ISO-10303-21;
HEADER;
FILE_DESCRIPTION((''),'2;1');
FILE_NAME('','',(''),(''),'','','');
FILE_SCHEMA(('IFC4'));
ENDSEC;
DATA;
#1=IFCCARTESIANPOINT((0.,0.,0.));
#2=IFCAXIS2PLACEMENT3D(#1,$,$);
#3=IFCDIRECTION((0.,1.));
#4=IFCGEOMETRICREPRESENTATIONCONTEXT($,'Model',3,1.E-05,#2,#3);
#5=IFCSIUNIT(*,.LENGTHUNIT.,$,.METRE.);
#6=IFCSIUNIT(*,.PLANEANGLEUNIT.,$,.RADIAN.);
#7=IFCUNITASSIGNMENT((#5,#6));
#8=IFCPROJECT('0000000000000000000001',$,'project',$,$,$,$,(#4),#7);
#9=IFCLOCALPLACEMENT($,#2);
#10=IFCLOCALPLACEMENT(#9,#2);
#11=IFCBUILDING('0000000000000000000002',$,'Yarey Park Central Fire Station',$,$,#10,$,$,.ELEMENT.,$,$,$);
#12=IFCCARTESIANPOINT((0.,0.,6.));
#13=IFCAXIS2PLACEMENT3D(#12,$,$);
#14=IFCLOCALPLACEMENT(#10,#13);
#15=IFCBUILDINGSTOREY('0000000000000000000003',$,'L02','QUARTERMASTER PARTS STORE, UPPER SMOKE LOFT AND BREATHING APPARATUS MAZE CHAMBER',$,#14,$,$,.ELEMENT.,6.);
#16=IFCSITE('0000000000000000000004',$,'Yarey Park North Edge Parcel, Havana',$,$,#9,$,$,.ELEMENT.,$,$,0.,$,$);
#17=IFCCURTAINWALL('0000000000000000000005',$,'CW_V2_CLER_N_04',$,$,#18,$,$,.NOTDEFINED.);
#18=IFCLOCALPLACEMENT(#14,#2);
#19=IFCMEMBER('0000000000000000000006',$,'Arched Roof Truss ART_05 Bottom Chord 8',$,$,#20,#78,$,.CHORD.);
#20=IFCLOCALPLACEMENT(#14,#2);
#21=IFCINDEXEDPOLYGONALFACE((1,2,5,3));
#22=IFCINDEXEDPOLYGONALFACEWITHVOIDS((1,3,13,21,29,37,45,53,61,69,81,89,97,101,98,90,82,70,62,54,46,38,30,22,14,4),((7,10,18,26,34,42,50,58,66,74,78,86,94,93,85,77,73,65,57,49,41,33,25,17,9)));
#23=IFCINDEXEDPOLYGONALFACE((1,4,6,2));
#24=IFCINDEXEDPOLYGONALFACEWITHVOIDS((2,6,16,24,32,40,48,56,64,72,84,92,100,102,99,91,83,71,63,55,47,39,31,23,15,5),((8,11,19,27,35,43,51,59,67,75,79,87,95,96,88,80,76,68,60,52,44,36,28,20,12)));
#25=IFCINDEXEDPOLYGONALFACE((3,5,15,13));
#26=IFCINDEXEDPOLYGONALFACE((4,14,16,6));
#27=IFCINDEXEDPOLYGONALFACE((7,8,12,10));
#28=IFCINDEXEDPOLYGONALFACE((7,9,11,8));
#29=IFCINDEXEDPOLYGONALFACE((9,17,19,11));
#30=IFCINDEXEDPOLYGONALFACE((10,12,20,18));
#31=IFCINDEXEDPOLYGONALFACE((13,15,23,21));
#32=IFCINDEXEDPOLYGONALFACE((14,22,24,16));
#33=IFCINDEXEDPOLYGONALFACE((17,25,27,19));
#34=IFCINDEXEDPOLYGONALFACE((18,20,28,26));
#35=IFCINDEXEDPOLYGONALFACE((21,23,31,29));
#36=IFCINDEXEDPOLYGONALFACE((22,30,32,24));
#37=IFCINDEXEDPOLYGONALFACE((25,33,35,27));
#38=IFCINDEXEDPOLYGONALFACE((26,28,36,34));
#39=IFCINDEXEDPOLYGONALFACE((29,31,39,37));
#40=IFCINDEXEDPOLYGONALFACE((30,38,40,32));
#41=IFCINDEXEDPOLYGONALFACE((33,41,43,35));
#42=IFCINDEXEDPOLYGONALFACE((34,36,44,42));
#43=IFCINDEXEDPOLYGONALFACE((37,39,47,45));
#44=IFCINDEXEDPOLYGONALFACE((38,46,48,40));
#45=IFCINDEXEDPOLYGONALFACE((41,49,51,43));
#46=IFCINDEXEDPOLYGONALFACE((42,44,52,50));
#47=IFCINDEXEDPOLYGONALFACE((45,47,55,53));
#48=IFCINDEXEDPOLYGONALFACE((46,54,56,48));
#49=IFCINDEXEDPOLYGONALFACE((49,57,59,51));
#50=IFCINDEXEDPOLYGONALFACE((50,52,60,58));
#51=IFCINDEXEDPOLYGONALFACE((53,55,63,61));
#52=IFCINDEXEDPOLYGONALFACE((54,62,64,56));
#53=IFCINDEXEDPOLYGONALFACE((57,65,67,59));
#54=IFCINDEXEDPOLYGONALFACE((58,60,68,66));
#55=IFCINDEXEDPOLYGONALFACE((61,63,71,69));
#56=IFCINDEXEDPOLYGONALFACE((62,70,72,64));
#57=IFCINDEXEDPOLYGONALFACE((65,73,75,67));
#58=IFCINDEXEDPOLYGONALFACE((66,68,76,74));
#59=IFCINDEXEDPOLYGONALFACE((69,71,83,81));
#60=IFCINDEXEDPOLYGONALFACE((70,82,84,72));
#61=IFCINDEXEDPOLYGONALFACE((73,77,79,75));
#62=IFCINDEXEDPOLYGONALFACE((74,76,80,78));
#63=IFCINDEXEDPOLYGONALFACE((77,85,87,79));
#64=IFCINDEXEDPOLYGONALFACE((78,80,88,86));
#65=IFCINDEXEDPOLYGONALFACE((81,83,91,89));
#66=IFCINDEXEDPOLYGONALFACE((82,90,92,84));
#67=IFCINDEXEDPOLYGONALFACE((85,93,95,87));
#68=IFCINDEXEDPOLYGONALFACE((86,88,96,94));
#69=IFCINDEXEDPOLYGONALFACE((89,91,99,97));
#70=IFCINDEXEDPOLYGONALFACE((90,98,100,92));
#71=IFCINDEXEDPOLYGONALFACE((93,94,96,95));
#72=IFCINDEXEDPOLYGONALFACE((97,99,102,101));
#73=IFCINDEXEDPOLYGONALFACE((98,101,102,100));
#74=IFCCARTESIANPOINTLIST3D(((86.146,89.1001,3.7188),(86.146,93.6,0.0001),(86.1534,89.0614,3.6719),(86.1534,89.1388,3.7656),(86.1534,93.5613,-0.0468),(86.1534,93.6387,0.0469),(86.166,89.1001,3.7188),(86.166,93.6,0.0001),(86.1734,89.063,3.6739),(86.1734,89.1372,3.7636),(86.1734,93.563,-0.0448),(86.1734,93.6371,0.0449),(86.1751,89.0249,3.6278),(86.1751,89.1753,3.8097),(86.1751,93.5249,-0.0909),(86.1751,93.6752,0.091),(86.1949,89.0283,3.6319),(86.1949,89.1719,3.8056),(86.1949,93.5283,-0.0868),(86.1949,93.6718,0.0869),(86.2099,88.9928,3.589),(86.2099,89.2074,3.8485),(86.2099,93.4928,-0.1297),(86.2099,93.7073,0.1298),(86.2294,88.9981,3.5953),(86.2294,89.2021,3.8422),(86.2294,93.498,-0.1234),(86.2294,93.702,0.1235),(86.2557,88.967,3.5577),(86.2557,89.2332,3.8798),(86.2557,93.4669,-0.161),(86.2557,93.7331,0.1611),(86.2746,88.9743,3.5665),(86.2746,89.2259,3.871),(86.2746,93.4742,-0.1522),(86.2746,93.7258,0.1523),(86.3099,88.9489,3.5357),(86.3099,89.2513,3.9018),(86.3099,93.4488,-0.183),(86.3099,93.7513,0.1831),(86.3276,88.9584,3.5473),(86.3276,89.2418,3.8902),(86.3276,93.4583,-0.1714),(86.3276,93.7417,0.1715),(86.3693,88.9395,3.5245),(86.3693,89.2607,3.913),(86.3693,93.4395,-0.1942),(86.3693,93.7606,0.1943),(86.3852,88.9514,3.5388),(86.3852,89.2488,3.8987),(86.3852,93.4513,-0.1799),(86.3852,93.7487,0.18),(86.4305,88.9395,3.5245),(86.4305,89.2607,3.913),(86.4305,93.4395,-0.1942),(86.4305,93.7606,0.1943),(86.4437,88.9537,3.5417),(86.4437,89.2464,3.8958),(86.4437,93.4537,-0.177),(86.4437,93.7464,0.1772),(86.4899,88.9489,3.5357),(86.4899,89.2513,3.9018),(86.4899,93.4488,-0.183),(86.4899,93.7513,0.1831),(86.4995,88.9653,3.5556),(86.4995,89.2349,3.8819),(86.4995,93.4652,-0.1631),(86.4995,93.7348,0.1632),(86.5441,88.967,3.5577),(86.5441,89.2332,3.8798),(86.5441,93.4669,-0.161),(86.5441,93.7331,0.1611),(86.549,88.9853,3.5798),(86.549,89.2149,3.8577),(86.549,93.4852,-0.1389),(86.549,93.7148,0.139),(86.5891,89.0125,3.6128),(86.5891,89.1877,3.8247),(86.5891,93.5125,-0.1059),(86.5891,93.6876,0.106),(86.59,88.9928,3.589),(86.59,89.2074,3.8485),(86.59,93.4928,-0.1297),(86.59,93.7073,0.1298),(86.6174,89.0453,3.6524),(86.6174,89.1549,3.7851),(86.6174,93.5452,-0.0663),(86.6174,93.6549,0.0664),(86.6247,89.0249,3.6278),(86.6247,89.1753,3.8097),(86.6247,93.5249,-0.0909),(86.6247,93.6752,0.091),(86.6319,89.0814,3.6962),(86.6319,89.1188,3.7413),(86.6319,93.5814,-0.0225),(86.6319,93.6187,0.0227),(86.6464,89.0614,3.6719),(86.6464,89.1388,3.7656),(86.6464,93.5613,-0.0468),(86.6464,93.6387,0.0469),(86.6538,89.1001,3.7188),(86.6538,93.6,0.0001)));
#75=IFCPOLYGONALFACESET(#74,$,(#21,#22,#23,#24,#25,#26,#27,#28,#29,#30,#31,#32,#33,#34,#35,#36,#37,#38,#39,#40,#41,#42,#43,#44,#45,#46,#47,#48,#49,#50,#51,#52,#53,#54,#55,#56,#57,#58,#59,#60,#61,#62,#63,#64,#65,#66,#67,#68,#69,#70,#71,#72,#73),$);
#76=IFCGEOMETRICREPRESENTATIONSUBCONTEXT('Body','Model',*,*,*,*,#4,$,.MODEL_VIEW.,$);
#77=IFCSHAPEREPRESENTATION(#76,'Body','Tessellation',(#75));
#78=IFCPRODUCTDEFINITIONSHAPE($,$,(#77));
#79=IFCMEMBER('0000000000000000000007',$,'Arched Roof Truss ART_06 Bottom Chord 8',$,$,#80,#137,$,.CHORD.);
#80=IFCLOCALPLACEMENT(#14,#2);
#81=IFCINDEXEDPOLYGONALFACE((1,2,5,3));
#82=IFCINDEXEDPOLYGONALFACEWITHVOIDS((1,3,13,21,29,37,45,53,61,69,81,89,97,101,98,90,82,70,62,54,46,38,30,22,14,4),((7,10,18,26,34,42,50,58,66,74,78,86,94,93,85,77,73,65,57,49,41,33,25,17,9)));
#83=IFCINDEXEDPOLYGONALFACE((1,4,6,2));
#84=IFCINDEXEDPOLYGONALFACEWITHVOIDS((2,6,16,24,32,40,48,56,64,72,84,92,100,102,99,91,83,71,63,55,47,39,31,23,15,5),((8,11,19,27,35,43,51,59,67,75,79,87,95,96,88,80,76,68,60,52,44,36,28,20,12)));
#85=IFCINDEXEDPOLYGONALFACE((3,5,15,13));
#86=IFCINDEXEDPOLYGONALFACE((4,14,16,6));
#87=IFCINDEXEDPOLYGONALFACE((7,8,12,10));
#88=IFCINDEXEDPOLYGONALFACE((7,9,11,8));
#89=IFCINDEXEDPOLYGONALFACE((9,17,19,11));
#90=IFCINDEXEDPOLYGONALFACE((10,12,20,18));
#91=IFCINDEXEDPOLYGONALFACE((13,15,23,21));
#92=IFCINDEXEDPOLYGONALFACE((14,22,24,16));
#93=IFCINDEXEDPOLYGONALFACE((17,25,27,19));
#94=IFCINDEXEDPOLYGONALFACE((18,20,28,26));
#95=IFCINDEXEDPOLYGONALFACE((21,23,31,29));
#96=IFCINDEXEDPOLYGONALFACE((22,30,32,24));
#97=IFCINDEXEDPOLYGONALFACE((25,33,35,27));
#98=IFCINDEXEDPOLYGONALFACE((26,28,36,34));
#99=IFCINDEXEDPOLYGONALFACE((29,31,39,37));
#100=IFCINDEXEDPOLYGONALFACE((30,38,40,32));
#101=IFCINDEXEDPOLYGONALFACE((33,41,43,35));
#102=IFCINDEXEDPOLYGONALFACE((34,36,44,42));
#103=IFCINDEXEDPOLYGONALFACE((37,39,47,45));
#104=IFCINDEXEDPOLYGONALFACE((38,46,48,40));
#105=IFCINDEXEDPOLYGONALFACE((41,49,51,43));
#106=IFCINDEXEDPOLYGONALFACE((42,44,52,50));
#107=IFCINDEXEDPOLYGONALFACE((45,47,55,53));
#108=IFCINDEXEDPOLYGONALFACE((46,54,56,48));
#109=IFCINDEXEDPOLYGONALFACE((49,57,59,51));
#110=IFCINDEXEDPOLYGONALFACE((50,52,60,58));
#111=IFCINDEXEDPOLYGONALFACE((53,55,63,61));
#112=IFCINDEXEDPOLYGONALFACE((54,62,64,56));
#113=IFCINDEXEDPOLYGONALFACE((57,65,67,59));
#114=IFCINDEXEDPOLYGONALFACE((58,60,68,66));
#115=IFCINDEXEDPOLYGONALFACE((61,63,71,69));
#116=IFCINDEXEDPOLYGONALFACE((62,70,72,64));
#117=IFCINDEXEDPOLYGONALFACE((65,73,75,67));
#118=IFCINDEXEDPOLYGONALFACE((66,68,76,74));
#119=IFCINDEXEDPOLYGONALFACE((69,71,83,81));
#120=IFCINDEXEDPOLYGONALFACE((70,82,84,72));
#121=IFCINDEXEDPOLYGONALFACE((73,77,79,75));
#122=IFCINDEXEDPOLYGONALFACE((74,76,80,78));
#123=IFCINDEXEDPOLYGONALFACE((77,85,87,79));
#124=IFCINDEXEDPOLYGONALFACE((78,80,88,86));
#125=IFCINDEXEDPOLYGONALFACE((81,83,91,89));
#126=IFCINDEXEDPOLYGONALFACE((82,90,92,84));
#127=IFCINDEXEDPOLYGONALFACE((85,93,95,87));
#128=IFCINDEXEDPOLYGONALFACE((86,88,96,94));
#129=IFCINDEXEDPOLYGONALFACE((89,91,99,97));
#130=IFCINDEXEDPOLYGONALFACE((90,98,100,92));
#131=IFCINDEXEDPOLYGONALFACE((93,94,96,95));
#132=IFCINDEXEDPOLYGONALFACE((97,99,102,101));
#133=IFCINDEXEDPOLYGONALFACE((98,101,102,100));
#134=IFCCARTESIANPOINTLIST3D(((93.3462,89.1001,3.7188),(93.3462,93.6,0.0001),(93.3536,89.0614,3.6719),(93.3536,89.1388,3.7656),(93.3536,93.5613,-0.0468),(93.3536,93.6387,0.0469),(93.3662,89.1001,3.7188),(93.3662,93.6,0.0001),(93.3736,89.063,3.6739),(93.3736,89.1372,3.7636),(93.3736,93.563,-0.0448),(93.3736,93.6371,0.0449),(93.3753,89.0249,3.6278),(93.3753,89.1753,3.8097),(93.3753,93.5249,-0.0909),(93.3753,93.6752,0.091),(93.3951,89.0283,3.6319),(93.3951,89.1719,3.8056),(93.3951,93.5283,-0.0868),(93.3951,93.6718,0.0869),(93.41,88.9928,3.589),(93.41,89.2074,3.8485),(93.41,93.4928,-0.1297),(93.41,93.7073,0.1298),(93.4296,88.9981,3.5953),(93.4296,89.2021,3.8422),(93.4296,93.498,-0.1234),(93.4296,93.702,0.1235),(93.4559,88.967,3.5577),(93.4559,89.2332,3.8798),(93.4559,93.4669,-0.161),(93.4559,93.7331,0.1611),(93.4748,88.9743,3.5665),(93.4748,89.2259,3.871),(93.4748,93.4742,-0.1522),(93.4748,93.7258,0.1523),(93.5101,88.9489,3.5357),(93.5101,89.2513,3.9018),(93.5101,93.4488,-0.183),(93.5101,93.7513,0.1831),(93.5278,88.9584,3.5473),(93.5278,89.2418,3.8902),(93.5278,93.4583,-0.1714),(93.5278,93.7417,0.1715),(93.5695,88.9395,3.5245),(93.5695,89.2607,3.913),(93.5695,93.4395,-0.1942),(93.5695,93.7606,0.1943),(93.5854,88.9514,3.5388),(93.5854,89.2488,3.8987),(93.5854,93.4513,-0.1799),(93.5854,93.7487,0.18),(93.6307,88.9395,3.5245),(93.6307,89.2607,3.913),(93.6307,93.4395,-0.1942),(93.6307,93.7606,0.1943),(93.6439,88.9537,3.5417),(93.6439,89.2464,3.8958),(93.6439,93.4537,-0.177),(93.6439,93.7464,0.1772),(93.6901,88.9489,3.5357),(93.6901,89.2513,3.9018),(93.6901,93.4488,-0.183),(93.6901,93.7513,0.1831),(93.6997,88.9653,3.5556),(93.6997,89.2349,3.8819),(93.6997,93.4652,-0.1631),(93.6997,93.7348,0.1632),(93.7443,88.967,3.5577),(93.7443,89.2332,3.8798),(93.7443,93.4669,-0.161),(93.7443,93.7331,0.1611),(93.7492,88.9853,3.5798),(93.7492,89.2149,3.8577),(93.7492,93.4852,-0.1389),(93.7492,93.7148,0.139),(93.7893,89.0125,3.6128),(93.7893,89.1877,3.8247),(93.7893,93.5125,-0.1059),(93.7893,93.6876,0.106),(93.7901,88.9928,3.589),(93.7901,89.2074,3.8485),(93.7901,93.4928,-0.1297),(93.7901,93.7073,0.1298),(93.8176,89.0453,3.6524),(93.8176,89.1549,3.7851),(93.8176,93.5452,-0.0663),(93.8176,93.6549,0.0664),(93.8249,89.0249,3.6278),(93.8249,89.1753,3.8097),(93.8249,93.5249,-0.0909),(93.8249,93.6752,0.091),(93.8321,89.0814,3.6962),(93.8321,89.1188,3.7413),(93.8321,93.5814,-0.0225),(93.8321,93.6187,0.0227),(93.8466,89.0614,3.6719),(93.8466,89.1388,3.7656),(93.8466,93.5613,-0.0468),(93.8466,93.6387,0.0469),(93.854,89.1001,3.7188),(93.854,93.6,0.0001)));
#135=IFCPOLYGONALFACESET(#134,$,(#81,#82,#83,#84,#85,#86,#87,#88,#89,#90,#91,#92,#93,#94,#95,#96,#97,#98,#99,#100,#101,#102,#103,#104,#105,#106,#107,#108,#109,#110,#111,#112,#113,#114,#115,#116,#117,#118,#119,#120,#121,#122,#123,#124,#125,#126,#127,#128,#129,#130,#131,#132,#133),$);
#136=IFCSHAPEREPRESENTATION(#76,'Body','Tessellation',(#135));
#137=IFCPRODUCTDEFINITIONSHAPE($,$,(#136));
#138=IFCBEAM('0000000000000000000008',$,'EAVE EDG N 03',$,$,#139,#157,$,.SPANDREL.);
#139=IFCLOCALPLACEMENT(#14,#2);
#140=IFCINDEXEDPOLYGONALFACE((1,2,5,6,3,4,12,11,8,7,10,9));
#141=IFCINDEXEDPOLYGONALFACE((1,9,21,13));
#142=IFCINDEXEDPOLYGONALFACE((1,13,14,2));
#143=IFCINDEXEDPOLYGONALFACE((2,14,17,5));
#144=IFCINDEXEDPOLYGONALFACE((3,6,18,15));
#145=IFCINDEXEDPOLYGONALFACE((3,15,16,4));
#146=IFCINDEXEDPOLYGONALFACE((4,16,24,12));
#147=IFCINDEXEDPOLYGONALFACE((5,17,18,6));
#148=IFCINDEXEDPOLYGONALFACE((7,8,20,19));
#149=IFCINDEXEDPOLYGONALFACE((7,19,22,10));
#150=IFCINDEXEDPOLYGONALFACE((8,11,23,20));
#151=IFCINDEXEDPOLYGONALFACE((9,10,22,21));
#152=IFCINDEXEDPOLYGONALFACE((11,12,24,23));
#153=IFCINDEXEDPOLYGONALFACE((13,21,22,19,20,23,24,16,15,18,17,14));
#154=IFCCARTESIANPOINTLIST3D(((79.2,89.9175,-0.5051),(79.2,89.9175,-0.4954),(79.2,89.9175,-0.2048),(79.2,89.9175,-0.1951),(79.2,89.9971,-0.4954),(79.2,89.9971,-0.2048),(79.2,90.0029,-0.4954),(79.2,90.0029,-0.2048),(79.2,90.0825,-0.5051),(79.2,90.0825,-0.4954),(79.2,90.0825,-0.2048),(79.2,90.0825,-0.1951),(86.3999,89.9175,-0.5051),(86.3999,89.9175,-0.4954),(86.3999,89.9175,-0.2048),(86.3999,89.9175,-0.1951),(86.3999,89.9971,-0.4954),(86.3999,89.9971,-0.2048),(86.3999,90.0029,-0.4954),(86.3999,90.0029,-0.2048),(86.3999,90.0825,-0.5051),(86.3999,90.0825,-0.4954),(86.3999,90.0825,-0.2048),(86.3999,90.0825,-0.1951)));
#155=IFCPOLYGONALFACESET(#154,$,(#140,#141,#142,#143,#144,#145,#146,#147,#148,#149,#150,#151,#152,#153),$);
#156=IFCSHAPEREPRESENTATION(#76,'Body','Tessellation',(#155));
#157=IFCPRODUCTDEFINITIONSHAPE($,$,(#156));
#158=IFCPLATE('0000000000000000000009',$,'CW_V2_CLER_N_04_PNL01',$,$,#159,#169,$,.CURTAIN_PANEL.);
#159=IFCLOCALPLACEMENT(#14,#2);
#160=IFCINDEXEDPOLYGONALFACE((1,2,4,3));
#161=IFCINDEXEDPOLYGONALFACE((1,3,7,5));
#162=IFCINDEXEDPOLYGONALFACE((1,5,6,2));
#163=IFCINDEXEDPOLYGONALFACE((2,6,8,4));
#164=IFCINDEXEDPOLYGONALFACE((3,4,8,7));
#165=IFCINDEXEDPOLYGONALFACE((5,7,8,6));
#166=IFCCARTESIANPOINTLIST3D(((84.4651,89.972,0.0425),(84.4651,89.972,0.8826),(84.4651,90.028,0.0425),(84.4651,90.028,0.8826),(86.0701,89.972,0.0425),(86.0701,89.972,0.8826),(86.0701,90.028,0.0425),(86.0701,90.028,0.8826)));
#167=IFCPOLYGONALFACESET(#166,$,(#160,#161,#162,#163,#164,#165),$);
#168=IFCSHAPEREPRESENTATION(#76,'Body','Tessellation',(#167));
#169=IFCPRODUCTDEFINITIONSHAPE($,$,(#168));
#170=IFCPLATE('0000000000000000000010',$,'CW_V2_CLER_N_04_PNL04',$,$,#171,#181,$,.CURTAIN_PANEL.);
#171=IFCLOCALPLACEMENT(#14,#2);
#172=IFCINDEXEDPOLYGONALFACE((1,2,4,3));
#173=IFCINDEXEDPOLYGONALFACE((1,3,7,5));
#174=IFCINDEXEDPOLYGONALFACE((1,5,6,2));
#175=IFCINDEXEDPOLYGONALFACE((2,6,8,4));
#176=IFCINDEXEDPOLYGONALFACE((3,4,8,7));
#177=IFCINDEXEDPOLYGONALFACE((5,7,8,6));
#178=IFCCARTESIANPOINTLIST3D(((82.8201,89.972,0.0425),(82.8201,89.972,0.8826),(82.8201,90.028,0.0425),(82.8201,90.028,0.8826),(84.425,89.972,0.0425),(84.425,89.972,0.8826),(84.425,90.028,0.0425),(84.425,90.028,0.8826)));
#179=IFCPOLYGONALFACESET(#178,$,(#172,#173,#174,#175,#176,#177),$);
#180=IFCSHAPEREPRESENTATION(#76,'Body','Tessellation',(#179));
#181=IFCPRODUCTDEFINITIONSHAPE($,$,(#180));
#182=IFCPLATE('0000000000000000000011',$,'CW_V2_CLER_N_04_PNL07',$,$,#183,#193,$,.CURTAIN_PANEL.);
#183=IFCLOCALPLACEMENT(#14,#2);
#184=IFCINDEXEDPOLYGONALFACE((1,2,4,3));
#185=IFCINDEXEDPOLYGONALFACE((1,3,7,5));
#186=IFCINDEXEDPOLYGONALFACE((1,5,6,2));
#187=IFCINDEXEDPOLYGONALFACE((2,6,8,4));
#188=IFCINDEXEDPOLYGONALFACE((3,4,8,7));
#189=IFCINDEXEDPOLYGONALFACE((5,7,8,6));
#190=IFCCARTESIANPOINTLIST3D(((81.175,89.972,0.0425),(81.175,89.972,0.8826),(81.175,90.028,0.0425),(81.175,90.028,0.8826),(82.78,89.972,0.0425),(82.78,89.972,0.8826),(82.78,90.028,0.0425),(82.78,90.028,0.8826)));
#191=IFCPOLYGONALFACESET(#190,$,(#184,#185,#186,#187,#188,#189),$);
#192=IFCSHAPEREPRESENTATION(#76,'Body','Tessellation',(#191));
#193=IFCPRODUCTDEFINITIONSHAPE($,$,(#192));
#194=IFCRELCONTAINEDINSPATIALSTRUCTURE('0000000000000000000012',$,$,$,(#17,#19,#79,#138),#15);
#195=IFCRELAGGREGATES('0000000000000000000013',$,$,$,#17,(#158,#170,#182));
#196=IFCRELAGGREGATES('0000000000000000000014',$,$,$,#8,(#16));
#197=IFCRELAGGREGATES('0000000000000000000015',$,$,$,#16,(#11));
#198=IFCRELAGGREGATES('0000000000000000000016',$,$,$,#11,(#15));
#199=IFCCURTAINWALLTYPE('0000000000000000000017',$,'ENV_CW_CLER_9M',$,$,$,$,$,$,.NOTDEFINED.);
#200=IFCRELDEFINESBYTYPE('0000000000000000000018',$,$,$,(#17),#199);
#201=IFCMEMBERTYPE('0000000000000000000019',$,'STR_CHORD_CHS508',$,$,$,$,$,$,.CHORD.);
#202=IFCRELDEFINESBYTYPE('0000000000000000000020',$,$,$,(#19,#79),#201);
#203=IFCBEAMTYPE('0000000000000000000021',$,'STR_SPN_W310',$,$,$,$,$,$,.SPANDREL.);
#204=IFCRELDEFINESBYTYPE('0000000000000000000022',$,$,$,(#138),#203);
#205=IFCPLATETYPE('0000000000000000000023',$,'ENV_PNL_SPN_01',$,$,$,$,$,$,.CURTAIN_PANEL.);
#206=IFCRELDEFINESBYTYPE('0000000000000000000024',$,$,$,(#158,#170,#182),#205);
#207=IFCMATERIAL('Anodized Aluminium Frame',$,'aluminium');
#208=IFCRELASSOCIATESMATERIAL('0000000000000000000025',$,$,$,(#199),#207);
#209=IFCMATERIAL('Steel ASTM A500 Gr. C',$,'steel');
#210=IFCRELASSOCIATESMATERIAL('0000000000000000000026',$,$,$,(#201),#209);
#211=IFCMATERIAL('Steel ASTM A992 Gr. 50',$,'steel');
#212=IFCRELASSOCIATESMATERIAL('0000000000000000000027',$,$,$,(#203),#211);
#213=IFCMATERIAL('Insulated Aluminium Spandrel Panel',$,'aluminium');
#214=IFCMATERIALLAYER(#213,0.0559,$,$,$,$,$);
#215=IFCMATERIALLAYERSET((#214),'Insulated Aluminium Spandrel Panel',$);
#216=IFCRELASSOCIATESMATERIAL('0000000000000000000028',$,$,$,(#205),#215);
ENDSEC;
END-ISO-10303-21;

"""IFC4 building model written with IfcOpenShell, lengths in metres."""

from ifc_helpers import new_model, si_unit, direction, frame, origin, origin_2d, place, context, subcontext, project, spatial, rectangle, hollow_circle, i_section, extrude, material, layer, layer_set, material_profile, profile_set, type_object, element, aggregate, save


model = new_model("IFC4")

# Units and contexts
model_context = context("Model", 3, precision=1e-05, world=origin(), true_north=direction((0.0, 1.0)))
body_context = subcontext(model_context, "Body", "Model", "MODEL_VIEW")
ifc_project = project(units=[si_unit("LENGTHUNIT", "METRE"), si_unit("PLANEANGLEUNIT", "RADIAN")], contexts=[model_context])

# Site, building, storey
site_placement = place(None, origin())
site = spatial("IfcSite", under=ifc_project, at=site_placement, Name="Yarey Park North Edge Parcel, Havana", CompositionType="ELEMENT", RefElevation=0.0)
building_placement = place(site_placement, origin())
building = spatial("IfcBuilding", under=site, at=building_placement, Name="Yarey Park Central Fire Station", CompositionType="ELEMENT")
storey_placement = place(building_placement, frame((0.0, 0.0, 6.0)))
storey = spatial("IfcBuildingStorey", under=building, at=storey_placement, Name="L02", Description="QUARTERMASTER PARTS STORE, UPPER SMOKE LOFT AND BREATHING APPARATUS MAZE CHAMBER", CompositionType="ELEMENT", Elevation=6.0)

# Curtain wall
ifc_material_1 = material(Name="Anodized Aluminium Frame", Category="aluminium")
curtain_wall_type = type_object("IfcCurtainWallType", Name="ENV_CW_CLER_9M", PredefinedType="NOTDEFINED", material=ifc_material_1)
curtain_wall_1_placement = place(storey_placement, origin())
curtain_wall_1 = element("IfcCurtainWall", 1, at=curtain_wall_1_placement, inside=storey, type_object=curtain_wall_type, Name="CW_V2_CLER_N_04", PredefinedType="NOTDEFINED")

# Members
ifc_material_2 = material(Name="Steel ASTM A500 Gr. C", Category="steel")
ifc_material_profile_1 = material_profile(ifc_material_2, hollow_circle(Radius=0.2539, WallThickness=0.02, at=origin_2d()), Name="CHS 508x20")
ifc_profile_set_1 = profile_set([ifc_material_profile_1], Name="Steel ASTM A500 Gr. C")
member_type_1 = type_object("IfcMemberType", Name="STR_CHORD_CHS508", PredefinedType="CHORD", material=ifc_profile_set_1)
for number, where, z_axis, x_axis, name in (
    (2, (86.3999, 89.1001, 3.7188), (0.0, 0.770847, -0.63702), (-1.0, 0.0, 0.0), "Arched Roof Truss ART_05 Bottom Chord 8"),
    (3, (93.6001, 89.1001, 3.7188), (0.0, 0.770847, -0.63702), (-1.0, 0.0, 0.0), "Arched Roof Truss ART_06 Bottom Chord 8"),
):
    element("IfcMember", number, at=place(storey_placement, frame(where, z_axis=z_axis, x_axis=x_axis)), inside=storey, type_object=member_type_1, Name=name, PredefinedType="CHORD", context=body_context, shape_type="SweptSolid", body=[
        extrude(hollow_circle(Radius=0.2539, WallThickness=0.02, at=origin_2d()), origin(), (0.0, 0.0, 1.0), 5.8376),
    ])

# Beam
ifc_material_3 = material(Name="Steel ASTM A992 Gr. 50", Category="steel")
ifc_material_profile_2 = material_profile(ifc_material_3, i_section(OverallWidth=0.165, OverallDepth=0.3101, WebThickness=0.0059, FlangeThickness=0.0098, at=origin_2d()), Name="W310x39")
ifc_profile_set_2 = profile_set([ifc_material_profile_2], Name="Steel ASTM A992 Gr. 50")
beam_type = type_object("IfcBeamType", Name="STR_SPN_W310", PredefinedType="SPANDREL", material=ifc_profile_set_2)
beam_placement = place(storey_placement, frame((79.2, 90.0, -0.3501), z_axis=(1.0, 0.0, 0.0), x_axis=(0.0, 1.0, 0.0)))
element("IfcBeam", 4, at=beam_placement, inside=storey, type_object=beam_type, Name="EAVE EDG N 03", PredefinedType="SPANDREL", context=body_context, shape_type="SweptSolid", body=[
    extrude(i_section(OverallWidth=0.165, OverallDepth=0.3101, WebThickness=0.0059, FlangeThickness=0.0098, at=origin_2d()), origin(), (0.0, 0.0, 1.0), 7.2),
])

# Plates
ifc_material_4 = material(Name="Insulated Aluminium Spandrel Panel", Category="aluminium")
ifc_layer_1 = layer(ifc_material_4, 0.0559)
ifc_layer_set_1 = layer_set([ifc_layer_1], Name="Insulated Aluminium Spandrel Panel")
plate_type_1 = type_object("IfcPlateType", Name="ENV_PNL_SPN_01", PredefinedType="CURTAIN_PANEL", material=ifc_layer_set_1)
plate_1_placement = place(storey_placement, frame((85.2676, 90.0, 0.0425), z_axis=(0.0, 0.0, 1.0), x_axis=(-1.0, 0.0, 0.0)))
plate_1 = element("IfcPlate", 5, at=plate_1_placement, type_object=plate_type_1, Name="CW_V2_CLER_N_04_PNL01", PredefinedType="CURTAIN_PANEL", context=body_context, shape_type="SweptSolid", body=[
    extrude(rectangle(XDim=1.605, YDim=0.0559, at=origin_2d()), origin(), (0.0, 0.0, 1.0), 0.8401),
])
plate_2_placement = place(storey_placement, frame((83.6226, 90.0, 0.0425), z_axis=(0.0, 0.0, 1.0), x_axis=(-1.0, 0.0, 0.0)))
plate_2 = element("IfcPlate", 6, at=plate_2_placement, type_object=plate_type_1, Name="CW_V2_CLER_N_04_PNL04", PredefinedType="CURTAIN_PANEL", context=body_context, shape_type="SweptSolid", body=[
    extrude(rectangle(XDim=1.605, YDim=0.0559, at=origin_2d()), origin(), (0.0, 0.0, 1.0), 0.8401),
])
plate_3_placement = place(storey_placement, frame((81.9775, 90.0, 0.0425), z_axis=(0.0, 0.0, 1.0), x_axis=(-1.0, 0.0, 0.0)))
plate_3 = element("IfcPlate", 7, at=plate_3_placement, type_object=plate_type_1, Name="CW_V2_CLER_N_04_PNL07", PredefinedType="CURTAIN_PANEL", context=body_context, shape_type="SweptSolid", body=[
    extrude(rectangle(XDim=1.605, YDim=0.0559, at=origin_2d()), origin(), (0.0, 0.0, 1.0), 0.8401),
])
aggregate(curtain_wall_1, [plate_1, plate_2, plate_3])

save(model, "model.ifc")
